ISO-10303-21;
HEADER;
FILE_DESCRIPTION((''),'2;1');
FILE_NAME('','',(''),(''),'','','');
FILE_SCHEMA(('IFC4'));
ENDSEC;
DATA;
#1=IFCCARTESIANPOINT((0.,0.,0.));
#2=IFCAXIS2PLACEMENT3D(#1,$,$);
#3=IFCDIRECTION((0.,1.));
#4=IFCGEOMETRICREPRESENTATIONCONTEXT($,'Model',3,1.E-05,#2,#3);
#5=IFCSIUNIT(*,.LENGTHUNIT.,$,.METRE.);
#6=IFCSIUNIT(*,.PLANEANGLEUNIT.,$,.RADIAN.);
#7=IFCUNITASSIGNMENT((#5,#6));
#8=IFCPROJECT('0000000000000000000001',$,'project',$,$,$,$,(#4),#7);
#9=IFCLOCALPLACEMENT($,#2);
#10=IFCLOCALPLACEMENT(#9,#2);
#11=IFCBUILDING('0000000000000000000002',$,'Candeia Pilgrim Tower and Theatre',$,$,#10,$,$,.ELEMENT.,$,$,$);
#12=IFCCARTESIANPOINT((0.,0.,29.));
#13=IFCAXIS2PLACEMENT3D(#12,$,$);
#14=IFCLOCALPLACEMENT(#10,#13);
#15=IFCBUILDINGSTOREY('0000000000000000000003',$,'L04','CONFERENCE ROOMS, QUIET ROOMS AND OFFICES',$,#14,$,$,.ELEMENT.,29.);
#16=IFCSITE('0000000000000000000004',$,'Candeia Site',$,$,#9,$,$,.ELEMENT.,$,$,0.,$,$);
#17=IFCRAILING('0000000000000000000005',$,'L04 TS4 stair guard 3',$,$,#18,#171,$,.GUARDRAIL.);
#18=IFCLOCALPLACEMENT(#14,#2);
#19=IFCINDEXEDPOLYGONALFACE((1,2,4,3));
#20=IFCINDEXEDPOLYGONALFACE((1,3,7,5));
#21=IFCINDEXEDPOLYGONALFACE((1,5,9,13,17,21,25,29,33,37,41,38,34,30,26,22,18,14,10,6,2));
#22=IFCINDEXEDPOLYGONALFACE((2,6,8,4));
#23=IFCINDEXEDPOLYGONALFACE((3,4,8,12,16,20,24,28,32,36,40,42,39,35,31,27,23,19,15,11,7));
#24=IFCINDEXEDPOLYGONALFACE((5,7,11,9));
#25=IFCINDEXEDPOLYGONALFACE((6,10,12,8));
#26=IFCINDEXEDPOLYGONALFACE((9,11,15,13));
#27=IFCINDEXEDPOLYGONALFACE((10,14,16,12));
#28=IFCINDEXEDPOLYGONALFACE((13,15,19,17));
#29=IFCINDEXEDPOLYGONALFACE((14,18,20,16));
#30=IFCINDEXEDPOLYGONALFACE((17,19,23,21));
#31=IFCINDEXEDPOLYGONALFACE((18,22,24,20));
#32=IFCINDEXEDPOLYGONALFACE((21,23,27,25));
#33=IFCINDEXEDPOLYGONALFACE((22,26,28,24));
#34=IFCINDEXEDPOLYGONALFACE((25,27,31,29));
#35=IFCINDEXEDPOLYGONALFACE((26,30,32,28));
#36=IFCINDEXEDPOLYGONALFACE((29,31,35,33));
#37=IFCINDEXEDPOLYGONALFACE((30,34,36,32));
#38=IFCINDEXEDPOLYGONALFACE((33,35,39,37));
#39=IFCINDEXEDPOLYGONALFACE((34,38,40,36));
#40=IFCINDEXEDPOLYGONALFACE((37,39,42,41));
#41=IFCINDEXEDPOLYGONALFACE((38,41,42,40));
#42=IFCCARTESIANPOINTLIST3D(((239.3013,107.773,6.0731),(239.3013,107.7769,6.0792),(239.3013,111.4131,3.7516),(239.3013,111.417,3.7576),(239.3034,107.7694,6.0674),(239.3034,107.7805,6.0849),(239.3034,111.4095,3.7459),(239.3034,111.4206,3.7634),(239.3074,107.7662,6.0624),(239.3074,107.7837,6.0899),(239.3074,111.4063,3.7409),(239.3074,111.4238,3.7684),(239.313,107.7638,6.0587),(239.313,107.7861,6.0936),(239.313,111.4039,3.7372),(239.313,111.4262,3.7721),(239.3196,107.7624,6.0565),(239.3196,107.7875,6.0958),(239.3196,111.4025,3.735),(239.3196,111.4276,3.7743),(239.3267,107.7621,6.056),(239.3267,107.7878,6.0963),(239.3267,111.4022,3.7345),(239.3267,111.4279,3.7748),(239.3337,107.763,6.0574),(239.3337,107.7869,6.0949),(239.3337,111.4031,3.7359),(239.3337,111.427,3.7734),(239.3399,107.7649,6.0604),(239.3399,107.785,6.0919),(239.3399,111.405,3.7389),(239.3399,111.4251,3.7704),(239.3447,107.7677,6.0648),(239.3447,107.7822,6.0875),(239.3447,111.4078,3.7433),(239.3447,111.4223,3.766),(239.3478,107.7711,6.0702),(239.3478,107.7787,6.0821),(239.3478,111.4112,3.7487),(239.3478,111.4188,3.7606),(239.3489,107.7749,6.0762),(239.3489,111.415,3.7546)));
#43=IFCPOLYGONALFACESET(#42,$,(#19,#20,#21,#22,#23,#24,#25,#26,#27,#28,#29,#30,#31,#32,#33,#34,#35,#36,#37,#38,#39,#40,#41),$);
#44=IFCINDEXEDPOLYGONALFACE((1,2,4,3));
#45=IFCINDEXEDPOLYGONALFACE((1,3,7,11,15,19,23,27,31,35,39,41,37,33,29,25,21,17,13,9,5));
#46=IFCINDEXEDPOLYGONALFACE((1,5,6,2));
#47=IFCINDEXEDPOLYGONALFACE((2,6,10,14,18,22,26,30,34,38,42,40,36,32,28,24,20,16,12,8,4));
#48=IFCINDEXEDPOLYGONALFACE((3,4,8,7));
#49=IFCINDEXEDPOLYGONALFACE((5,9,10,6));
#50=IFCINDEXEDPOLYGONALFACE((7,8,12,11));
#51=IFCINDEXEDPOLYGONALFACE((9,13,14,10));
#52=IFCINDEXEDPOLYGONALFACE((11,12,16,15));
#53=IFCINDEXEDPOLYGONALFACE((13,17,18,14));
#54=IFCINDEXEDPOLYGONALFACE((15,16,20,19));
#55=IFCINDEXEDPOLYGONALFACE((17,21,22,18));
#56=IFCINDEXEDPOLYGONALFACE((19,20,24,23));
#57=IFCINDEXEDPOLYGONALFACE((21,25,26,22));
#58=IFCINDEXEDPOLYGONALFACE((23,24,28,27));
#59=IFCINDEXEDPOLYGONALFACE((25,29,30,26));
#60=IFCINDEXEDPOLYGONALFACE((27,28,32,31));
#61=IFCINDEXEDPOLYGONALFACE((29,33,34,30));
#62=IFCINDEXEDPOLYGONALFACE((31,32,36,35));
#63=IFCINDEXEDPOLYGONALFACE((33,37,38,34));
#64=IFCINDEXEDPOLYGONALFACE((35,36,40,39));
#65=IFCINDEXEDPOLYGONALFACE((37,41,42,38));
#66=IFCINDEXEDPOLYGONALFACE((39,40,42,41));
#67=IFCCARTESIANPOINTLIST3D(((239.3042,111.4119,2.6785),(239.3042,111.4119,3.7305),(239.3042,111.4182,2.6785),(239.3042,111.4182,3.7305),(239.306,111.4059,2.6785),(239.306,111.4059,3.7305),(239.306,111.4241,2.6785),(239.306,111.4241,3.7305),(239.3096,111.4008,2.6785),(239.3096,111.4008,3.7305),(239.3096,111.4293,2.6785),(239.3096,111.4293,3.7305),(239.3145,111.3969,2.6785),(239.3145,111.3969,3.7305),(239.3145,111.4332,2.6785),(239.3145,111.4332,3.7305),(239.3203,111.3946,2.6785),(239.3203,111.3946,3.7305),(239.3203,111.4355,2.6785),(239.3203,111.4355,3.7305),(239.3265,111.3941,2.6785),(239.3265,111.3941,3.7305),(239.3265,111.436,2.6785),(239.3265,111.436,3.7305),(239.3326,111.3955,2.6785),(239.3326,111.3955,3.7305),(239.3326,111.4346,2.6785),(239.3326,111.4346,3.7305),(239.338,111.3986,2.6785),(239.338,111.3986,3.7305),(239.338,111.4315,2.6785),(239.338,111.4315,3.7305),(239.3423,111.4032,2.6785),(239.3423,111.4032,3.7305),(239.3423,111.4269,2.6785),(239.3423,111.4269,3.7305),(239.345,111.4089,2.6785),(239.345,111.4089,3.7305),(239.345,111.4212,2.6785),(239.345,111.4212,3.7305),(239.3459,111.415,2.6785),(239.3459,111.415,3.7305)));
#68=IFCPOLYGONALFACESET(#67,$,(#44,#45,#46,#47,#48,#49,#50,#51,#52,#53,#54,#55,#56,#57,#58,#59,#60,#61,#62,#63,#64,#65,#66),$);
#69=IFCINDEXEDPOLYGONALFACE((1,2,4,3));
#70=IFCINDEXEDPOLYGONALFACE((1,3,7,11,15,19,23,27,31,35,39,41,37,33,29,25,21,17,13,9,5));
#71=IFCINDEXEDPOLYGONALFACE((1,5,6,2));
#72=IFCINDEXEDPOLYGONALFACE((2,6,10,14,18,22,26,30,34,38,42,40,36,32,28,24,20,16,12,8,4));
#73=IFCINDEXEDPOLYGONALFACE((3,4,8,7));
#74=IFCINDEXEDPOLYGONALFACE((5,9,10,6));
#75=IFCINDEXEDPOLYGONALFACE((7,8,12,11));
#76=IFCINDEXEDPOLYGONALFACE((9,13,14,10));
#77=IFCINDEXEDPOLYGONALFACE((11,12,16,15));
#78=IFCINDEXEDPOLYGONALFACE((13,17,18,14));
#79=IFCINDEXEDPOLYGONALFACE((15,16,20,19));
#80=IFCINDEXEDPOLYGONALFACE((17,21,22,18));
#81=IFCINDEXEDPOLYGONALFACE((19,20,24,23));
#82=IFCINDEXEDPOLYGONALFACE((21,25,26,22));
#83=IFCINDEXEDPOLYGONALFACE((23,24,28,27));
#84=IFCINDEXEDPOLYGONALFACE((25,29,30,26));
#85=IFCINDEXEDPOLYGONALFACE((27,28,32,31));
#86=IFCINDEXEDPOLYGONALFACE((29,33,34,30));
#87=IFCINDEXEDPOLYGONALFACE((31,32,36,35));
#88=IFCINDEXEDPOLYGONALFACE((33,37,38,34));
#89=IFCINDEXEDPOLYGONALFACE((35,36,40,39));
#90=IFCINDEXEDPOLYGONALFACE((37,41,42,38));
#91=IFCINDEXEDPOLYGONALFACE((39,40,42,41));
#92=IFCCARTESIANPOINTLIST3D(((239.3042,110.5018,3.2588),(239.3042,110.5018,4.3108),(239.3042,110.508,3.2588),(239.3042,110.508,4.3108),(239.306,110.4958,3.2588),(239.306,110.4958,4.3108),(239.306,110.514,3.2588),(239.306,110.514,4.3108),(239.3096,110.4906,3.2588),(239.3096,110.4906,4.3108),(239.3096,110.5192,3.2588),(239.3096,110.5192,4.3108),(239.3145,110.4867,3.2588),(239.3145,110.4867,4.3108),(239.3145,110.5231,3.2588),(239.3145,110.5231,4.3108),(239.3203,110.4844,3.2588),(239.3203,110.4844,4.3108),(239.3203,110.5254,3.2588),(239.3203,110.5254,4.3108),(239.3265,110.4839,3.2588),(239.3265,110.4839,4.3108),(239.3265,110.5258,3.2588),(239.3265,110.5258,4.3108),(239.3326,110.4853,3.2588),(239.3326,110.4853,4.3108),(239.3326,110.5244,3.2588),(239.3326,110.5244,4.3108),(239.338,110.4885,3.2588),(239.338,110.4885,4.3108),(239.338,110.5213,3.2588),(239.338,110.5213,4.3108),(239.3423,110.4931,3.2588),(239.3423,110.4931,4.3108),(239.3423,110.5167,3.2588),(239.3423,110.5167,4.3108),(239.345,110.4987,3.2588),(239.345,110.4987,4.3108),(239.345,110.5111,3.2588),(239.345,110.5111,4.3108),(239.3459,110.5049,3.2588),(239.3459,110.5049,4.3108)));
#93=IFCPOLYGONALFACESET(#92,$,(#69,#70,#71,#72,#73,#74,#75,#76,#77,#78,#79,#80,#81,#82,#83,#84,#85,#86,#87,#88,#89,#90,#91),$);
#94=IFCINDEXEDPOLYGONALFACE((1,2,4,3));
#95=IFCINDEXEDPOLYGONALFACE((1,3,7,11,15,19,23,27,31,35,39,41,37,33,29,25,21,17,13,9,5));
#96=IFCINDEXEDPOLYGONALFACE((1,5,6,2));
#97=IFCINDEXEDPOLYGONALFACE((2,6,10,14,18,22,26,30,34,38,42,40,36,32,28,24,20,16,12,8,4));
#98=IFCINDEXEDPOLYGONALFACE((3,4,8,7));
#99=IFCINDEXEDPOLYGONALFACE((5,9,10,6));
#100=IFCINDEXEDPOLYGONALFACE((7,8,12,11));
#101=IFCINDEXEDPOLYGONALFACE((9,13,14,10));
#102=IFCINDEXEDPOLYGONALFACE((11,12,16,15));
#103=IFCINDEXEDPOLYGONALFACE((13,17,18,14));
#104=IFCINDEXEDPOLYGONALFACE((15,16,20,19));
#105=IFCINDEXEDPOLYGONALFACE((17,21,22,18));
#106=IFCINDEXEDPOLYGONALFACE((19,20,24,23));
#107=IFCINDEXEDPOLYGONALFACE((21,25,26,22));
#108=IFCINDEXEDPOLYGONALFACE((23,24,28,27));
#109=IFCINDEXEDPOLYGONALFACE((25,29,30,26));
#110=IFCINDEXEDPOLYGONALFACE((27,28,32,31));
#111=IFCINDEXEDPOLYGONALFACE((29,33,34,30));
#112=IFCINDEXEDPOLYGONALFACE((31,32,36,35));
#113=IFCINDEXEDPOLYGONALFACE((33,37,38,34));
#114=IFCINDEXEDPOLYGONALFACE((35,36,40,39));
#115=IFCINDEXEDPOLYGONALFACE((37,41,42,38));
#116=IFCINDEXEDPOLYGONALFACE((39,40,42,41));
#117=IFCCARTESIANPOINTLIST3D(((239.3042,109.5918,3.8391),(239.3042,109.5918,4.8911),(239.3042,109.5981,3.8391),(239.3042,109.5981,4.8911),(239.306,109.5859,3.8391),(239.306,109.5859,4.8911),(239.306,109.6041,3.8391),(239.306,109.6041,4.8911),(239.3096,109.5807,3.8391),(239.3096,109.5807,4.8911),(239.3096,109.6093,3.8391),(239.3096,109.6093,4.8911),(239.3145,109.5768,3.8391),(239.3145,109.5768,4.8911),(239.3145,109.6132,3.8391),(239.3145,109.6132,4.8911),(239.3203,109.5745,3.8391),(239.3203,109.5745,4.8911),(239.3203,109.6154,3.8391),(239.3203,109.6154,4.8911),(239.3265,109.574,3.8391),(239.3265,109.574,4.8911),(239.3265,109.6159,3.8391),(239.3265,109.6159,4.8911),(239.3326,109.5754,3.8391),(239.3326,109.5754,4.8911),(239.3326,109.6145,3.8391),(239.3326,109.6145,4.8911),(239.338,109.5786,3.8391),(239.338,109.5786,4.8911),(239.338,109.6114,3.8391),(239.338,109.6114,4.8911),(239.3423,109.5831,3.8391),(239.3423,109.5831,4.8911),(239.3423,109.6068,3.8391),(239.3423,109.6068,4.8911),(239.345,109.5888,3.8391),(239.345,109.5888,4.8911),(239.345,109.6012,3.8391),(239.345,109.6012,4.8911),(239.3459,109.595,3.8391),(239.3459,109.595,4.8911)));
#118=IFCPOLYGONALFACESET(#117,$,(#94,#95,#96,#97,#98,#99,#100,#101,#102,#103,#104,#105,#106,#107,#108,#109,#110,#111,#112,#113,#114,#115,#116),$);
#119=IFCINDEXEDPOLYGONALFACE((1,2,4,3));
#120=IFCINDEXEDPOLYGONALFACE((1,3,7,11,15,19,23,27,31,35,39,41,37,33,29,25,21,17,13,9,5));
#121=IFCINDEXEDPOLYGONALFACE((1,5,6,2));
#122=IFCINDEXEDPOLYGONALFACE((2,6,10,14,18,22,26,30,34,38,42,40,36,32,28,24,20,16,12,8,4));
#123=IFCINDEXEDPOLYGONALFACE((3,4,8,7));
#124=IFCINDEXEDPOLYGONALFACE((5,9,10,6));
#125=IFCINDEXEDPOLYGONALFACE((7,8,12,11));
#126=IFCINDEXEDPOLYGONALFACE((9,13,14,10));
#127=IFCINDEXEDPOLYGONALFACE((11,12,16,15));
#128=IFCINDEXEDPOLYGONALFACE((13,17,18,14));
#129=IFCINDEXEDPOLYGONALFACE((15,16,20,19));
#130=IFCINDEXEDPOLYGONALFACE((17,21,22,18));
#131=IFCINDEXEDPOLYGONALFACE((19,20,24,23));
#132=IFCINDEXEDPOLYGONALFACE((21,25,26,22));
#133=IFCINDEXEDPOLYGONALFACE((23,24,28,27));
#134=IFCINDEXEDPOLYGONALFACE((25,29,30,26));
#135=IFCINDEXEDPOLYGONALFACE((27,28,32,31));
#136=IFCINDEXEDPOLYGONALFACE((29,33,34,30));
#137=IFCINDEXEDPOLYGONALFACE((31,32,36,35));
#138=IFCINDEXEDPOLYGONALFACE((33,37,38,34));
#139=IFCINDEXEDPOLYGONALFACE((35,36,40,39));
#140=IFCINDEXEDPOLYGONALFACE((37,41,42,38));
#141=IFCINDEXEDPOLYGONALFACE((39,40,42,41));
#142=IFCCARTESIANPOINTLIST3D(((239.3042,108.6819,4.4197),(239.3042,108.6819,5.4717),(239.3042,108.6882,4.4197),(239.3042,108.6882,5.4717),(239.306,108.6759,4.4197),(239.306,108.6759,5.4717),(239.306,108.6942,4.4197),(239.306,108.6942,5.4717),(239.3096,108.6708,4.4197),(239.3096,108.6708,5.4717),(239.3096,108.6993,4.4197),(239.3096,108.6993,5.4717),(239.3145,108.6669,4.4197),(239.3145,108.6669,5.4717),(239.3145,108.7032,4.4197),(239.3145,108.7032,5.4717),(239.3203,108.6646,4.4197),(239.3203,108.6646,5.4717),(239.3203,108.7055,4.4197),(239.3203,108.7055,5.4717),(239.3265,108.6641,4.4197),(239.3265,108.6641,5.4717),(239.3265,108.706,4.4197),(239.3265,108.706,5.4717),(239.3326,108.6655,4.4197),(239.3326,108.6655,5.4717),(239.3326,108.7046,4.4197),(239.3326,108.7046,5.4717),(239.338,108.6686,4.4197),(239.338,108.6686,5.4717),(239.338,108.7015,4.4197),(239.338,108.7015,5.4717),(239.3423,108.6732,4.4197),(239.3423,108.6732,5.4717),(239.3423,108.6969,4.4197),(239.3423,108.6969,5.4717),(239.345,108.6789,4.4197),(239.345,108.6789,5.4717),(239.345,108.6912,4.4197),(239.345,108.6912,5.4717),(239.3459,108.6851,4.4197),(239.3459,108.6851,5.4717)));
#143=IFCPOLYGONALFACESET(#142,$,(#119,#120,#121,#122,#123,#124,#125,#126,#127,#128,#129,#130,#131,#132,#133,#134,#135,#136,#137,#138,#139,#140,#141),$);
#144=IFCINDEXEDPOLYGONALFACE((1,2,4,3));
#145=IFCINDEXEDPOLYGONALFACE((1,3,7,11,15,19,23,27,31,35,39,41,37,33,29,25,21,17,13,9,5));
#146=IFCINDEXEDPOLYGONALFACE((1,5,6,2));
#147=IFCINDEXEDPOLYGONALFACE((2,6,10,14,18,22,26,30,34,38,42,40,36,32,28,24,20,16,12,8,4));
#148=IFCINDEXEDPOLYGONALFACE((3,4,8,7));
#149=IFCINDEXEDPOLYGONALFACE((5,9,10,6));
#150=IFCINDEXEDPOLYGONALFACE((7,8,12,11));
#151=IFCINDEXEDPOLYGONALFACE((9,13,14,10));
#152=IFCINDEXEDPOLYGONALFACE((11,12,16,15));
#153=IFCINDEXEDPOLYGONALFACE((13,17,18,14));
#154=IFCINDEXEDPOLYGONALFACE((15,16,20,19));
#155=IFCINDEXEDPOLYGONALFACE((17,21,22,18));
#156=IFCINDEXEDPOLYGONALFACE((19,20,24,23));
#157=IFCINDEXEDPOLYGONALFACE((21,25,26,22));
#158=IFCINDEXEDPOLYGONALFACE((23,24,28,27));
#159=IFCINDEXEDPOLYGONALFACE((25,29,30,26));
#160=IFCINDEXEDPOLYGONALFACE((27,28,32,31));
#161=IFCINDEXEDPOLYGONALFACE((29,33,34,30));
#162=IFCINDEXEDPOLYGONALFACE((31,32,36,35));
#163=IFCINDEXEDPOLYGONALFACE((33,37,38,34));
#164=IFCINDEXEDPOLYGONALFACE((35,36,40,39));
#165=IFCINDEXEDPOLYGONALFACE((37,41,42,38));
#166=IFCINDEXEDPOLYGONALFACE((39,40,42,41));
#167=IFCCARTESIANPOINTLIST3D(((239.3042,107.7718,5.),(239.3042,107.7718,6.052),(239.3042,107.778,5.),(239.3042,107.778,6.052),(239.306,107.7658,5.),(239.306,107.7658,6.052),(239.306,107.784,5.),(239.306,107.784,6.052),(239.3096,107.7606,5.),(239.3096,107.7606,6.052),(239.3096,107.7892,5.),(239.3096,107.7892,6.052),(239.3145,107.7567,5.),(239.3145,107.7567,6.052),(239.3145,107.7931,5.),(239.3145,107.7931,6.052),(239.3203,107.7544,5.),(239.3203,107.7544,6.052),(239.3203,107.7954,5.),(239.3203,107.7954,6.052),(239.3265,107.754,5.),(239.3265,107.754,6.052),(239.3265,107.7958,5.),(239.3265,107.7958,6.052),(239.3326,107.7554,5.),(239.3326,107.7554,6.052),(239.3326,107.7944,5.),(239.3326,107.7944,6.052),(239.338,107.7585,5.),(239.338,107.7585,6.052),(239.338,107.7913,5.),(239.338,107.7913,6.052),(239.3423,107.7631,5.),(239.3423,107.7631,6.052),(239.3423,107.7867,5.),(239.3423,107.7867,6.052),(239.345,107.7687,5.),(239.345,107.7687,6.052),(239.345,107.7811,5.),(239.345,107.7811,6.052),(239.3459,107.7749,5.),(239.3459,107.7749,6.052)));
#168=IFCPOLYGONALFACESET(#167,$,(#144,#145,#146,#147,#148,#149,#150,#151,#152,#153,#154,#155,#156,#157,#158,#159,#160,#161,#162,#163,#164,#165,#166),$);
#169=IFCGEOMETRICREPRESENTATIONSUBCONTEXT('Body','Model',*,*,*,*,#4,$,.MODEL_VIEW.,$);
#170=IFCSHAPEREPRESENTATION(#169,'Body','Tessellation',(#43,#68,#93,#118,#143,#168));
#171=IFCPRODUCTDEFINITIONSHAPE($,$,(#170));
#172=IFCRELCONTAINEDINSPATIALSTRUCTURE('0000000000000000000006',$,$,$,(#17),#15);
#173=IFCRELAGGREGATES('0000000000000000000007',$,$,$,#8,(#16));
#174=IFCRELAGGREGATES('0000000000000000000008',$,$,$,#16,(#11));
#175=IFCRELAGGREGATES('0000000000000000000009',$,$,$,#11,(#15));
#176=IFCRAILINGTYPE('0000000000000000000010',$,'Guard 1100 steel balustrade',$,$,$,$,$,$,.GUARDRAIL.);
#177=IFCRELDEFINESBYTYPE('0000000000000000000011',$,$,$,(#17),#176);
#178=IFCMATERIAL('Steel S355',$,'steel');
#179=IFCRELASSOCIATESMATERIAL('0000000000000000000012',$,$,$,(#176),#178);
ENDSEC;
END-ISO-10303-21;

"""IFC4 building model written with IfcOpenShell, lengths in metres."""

from ifc_helpers import new_model, si_unit, direction, frame, origin, origin_2d, place, context, subcontext, project, spatial, circle, extrude, material, type_object, element, save


model = new_model("IFC4")

# Units and contexts
model_context = context("Model", 3, precision=1e-05, world=origin(), true_north=direction((0.0, 1.0)))
body_context = subcontext(model_context, "Body", "Model", "MODEL_VIEW")
ifc_project = project(units=[si_unit("LENGTHUNIT", "METRE"), si_unit("PLANEANGLEUNIT", "RADIAN")], contexts=[model_context])

# Site, building, storey
site_placement = place(None, origin())
site = spatial("IfcSite", under=ifc_project, at=site_placement, Name="Candeia Site", CompositionType="ELEMENT", RefElevation=0.0)
building_placement = place(site_placement, origin())
building = spatial("IfcBuilding", under=site, at=building_placement, Name="Candeia Pilgrim Tower and Theatre", CompositionType="ELEMENT")
storey_placement = place(building_placement, frame((0.0, 0.0, 29.0)))
storey = spatial("IfcBuildingStorey", under=building, at=storey_placement, Name="L04", Description="CONFERENCE ROOMS, QUIET ROOMS AND OFFICES", CompositionType="ELEMENT", Elevation=29.0)

# Railing
ifc_material_1 = material(Name="Steel S355", Category="steel")
railing_type_1 = type_object("IfcRailingType", Name="Guard 1100 steel balustrade", PredefinedType="GUARDRAIL", material=ifc_material_1)
railing_1_placement = place(storey_placement, frame((239.325, 111.415, 2.6785)))
element("IfcRailing", 1, at=railing_1_placement, inside=storey, type_object=railing_type_1, Name="L04 TS4 stair guard 3", PredefinedType="GUARDRAIL", context=body_context, shape_type="SweptSolid", body=[
    extrude(circle(Radius=0.0239, at=origin_2d()), frame((0.0, 0.0, 1.0762), z_axis=(0.0, -0.843128, 0.537713), x_axis=(1.0, 0.0, 0.0)), (0.0, 0.0, 1.0), 4.3174),
    extrude(circle(Radius=0.021, at=origin_2d()), origin(), (0.0, 0.0, 1.0), 1.052),
    extrude(circle(Radius=0.021, at=origin_2d()), frame((0.0, -0.9102, 0.5803)), (0.0, 0.0, 1.0), 1.052),
    extrude(circle(Radius=0.021, at=origin_2d()), frame((0.0, -1.8201, 1.1606)), (0.0, 0.0, 1.0), 1.052),
    extrude(circle(Radius=0.021, at=origin_2d()), frame((0.0, -2.73, 1.7412)), (0.0, 0.0, 1.0), 1.052),
    extrude(circle(Radius=0.021, at=origin_2d()), frame((0.0, -3.6401, 2.3215)), (0.0, 0.0, 1.0), 1.052),
])

save(model, "model.ifc")
